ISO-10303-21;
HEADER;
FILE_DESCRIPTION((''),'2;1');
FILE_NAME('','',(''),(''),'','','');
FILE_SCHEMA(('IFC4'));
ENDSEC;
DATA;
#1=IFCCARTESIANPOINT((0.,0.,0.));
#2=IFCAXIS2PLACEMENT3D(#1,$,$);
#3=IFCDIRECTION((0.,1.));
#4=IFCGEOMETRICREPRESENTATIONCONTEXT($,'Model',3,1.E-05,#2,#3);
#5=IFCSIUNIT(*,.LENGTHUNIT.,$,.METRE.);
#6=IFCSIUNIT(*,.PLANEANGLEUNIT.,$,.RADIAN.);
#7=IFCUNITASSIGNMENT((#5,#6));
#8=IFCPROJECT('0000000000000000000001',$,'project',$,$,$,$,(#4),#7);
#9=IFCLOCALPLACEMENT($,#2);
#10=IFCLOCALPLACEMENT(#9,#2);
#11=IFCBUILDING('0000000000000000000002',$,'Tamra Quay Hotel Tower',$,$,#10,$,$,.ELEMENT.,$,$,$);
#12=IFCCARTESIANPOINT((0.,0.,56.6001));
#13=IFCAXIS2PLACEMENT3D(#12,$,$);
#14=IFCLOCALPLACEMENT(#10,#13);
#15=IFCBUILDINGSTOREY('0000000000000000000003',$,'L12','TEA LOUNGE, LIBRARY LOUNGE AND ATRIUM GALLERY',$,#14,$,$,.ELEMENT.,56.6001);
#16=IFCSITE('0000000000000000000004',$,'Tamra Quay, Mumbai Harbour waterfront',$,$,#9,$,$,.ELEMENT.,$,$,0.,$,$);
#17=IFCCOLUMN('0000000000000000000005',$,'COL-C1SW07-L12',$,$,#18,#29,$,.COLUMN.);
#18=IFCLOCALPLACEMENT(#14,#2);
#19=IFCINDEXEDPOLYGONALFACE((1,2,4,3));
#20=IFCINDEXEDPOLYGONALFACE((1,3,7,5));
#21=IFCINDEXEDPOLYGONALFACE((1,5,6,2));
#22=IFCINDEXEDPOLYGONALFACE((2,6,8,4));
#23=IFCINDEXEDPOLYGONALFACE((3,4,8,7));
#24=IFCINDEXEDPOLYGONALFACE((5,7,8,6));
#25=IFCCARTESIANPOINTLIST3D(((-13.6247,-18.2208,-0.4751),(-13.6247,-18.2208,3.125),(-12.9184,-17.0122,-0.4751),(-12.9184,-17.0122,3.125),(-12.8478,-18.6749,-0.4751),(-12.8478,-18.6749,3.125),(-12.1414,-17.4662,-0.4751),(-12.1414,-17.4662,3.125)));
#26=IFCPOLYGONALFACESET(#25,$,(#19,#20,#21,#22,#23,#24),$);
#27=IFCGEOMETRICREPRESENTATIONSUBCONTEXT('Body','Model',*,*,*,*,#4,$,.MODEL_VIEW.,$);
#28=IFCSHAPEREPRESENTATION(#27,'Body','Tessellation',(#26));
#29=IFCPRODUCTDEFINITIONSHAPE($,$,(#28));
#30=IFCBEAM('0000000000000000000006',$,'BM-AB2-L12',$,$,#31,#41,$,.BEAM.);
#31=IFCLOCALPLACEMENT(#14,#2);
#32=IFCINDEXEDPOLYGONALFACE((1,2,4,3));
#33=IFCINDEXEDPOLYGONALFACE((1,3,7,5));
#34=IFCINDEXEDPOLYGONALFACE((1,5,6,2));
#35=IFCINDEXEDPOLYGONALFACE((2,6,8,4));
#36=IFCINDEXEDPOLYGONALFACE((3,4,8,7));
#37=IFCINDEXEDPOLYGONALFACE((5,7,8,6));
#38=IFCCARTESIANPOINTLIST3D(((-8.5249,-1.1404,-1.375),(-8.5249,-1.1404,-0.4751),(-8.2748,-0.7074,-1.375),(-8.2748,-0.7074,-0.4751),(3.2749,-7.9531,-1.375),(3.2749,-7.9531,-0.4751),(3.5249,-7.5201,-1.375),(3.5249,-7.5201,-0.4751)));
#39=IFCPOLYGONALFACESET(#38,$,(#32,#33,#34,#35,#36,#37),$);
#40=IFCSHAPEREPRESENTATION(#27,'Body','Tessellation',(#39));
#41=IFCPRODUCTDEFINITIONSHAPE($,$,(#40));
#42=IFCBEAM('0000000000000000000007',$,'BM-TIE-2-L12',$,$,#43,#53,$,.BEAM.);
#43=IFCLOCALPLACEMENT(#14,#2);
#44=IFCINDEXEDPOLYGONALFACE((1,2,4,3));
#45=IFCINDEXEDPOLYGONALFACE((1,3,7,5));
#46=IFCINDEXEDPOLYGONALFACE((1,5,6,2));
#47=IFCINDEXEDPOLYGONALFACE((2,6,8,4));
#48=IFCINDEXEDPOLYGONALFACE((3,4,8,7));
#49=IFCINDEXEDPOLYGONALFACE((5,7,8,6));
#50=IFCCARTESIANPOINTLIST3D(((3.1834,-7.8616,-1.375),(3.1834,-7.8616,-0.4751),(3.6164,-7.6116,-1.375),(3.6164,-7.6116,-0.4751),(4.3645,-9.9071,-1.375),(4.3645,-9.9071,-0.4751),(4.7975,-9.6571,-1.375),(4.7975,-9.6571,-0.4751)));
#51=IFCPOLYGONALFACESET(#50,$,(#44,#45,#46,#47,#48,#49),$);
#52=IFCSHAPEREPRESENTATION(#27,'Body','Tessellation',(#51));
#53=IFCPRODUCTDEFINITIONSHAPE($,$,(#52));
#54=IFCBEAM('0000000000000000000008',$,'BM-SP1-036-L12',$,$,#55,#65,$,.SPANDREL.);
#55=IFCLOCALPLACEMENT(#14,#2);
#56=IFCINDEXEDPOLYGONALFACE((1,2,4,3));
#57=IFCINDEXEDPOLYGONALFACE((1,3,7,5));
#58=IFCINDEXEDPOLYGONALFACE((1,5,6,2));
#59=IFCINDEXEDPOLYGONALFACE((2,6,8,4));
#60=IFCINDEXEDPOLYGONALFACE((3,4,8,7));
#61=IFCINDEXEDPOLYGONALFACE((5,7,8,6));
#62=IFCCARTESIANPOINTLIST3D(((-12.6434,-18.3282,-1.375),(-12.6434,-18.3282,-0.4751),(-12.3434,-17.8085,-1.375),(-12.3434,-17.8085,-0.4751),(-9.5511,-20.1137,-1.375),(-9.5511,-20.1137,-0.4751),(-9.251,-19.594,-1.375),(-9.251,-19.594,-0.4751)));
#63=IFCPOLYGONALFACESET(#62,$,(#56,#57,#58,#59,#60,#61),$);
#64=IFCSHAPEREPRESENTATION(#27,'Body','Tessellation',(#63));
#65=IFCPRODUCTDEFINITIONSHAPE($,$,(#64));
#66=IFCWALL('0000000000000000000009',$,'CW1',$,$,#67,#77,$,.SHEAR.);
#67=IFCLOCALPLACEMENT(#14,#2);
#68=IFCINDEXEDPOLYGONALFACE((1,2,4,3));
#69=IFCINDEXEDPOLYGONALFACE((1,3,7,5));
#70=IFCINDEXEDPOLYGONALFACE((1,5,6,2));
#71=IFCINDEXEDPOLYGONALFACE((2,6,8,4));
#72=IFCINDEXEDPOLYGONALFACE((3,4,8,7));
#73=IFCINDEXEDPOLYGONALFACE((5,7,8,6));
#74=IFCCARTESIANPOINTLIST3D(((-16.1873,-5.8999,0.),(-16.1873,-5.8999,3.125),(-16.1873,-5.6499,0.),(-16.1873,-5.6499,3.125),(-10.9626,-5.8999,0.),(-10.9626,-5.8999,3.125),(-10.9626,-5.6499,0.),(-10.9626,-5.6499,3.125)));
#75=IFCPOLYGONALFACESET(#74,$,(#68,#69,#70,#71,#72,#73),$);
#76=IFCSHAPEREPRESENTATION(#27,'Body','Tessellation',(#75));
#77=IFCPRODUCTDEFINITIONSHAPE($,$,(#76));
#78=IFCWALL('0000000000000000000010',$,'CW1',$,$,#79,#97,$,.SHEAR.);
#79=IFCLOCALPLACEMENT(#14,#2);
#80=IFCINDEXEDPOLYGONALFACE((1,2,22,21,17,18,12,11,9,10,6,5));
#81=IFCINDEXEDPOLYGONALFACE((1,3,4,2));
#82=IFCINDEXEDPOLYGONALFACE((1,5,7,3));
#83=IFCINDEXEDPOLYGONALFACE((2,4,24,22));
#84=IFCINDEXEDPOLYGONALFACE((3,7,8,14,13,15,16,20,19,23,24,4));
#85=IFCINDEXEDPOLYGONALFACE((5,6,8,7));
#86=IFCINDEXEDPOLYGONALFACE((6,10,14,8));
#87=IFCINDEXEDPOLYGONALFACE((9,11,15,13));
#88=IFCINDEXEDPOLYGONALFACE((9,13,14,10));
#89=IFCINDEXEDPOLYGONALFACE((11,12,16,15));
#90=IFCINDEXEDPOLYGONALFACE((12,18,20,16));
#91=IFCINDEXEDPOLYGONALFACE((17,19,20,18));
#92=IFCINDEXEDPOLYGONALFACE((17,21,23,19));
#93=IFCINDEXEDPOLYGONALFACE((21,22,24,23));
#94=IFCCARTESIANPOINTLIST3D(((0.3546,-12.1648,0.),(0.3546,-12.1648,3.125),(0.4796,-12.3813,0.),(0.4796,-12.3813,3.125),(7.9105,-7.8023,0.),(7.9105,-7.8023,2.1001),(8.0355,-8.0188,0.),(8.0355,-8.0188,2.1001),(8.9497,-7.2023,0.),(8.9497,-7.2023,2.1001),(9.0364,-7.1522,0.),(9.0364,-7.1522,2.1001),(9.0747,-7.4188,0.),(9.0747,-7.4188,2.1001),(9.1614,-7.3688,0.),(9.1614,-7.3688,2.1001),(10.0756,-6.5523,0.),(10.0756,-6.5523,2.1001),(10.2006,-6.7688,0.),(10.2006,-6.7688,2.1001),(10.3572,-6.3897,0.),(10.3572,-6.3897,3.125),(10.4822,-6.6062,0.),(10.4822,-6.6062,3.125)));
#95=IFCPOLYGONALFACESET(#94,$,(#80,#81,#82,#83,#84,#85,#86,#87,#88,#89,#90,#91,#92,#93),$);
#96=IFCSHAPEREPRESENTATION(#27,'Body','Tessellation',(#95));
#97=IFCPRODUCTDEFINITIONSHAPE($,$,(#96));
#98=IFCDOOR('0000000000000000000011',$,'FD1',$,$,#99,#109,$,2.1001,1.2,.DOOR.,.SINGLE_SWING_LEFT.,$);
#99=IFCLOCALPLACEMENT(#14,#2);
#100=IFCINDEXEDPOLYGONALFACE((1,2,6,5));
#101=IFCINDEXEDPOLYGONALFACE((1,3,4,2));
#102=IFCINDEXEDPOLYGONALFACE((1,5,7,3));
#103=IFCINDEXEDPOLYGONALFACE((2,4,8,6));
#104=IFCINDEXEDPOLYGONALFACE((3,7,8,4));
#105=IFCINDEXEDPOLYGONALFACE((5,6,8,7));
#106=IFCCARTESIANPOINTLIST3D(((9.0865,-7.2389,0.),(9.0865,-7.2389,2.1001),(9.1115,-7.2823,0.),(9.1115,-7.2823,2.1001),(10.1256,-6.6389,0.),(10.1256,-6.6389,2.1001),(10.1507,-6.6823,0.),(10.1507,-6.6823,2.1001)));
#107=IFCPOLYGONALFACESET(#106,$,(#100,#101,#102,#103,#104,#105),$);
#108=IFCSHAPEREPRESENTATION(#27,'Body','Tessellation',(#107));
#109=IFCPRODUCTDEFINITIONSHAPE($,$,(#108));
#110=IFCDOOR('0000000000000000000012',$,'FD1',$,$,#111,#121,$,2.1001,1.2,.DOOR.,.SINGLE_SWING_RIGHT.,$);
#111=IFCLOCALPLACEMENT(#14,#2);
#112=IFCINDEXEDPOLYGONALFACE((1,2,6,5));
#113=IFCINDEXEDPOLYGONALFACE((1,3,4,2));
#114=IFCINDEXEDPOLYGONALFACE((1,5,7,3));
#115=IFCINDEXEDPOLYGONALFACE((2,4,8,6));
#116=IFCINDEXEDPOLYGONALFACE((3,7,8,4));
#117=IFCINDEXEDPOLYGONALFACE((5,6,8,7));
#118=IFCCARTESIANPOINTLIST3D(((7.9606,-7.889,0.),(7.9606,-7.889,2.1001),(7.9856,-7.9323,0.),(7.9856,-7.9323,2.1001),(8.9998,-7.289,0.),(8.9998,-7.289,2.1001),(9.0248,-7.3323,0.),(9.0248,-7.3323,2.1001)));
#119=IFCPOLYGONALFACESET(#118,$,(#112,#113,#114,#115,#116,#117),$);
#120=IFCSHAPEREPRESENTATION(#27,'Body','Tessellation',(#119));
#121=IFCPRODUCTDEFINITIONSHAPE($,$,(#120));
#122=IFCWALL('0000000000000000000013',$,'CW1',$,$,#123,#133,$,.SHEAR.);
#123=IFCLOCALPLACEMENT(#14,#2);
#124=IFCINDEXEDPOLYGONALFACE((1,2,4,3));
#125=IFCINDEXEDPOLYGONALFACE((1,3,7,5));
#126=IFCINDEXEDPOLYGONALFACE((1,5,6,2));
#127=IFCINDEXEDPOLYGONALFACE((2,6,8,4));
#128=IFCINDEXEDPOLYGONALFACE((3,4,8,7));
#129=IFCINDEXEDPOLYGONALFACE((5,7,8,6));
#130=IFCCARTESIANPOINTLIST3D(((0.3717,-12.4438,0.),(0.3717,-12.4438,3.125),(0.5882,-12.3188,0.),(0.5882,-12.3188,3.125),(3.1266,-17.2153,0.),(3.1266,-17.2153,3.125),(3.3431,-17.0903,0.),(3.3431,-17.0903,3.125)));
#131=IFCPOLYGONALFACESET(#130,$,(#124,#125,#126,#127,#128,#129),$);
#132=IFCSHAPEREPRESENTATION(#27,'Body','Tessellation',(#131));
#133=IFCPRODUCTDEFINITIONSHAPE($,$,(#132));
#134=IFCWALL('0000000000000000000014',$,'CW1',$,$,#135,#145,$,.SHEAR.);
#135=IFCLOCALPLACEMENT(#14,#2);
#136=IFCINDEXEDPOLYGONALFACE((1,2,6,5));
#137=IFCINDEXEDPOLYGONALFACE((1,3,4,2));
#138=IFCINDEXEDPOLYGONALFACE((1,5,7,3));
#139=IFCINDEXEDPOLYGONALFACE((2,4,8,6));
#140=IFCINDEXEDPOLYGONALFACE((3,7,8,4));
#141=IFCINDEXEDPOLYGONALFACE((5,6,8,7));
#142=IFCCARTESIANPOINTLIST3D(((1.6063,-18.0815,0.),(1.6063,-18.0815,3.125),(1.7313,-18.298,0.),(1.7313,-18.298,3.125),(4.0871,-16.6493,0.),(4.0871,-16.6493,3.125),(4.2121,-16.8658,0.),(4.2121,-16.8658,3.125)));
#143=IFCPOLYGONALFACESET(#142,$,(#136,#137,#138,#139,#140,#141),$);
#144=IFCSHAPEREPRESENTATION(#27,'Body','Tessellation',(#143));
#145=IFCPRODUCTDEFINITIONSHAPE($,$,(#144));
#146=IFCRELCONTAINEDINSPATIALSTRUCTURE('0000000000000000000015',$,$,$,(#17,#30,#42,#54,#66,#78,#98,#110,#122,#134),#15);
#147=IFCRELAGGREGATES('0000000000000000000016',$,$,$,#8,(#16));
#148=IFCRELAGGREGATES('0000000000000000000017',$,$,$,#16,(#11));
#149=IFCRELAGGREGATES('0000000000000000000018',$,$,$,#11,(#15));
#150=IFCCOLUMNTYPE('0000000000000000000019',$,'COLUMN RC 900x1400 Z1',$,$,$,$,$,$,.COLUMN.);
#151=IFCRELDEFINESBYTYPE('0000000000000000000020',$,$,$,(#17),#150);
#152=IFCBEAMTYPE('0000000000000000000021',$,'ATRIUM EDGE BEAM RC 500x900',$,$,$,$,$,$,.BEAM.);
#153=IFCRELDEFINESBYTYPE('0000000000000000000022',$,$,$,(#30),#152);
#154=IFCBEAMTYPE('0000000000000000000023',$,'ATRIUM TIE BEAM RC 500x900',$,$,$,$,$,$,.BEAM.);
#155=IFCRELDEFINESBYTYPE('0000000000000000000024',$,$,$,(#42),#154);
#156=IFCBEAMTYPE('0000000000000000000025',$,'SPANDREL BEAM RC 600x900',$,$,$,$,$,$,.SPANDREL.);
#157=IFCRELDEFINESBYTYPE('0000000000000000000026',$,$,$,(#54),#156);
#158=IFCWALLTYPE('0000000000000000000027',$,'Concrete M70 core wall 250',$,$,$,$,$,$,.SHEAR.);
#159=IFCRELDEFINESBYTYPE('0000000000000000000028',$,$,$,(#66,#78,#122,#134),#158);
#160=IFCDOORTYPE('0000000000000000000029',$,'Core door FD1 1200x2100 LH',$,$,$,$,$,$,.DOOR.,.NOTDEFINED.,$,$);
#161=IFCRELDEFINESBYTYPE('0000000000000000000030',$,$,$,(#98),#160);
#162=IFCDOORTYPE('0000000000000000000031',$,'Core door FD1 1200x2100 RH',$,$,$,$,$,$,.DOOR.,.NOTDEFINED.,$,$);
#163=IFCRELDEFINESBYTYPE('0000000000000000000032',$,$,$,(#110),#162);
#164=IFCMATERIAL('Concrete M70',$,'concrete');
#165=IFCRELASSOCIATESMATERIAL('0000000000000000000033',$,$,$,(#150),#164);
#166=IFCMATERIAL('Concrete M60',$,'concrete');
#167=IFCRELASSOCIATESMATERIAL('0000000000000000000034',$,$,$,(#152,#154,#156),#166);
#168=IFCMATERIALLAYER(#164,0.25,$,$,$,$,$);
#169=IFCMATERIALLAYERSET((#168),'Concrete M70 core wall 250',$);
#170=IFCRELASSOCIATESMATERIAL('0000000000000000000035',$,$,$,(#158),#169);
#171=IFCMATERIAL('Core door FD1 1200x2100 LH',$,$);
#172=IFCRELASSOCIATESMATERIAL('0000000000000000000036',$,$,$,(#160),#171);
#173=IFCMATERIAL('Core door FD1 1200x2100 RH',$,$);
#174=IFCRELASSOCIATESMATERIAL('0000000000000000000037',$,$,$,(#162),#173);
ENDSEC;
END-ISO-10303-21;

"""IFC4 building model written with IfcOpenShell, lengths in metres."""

from ifc_helpers import new_model, si_unit, direction, frame, frame_2d, origin, origin_2d, place, context, subcontext, project, spatial, rectangle, extrude, material, layer, layer_set, material_profile, profile_set, type_object, element, fill, save


model = new_model("IFC4")

# Units and contexts
model_context = context("Model", 3, precision=1e-05, world=origin(), true_north=direction((0.0, 1.0)))
body_context = subcontext(model_context, "Body", "Model", "MODEL_VIEW")
ifc_project = project(units=[si_unit("LENGTHUNIT", "METRE"), si_unit("PLANEANGLEUNIT", "RADIAN")], contexts=[model_context])

# Site, building, storey
site_placement = place(None, origin())
site = spatial("IfcSite", under=ifc_project, at=site_placement, Name="Tamra Quay, Mumbai Harbour waterfront", CompositionType="ELEMENT", RefElevation=0.0)
building_placement = place(site_placement, origin())
building = spatial("IfcBuilding", under=site, at=building_placement, Name="Tamra Quay Hotel Tower", CompositionType="ELEMENT")
storey_placement = place(building_placement, frame((0.0, 0.0, 56.6001)))
storey = spatial("IfcBuildingStorey", under=building, at=storey_placement, Name="L12", Description="TEA LOUNGE, LIBRARY LOUNGE AND ATRIUM GALLERY", CompositionType="ELEMENT", Elevation=56.6001)

# Column
ifc_material_1 = material(Name="Concrete M70", Category="concrete")
ifc_material_profile_1 = material_profile(ifc_material_1, rectangle(XDim=1.3999, YDim=0.8999, at=origin_2d()), Name="COLUMN RC 900x1400 Z1")
ifc_profile_set_1 = profile_set([ifc_material_profile_1], Name="Concrete M70")
column_type = type_object("IfcColumnType", Name="COLUMN RC 900x1400 Z1", PredefinedType="COLUMN", material=ifc_profile_set_1)
column_placement = place(storey_placement, frame((-12.8831, -17.8435, -0.4751), z_axis=(0.0, 0.0, 1.0), x_axis=(0.504565, 0.863374, 0.0)))
element("IfcColumn", 1, at=column_placement, inside=storey, type_object=column_type, Name="COL-C1SW07-L12", PredefinedType="COLUMN", context=body_context, shape_type="SweptSolid", body=[
    extrude(rectangle(XDim=1.3999, YDim=0.8999, at=origin_2d()), origin(), (0.0, 0.0, 1.0), 3.6001),
])

# Beams
ifc_material_2 = material(Name="Concrete M60", Category="concrete")
ifc_material_profile_2 = material_profile(ifc_material_2, rectangle(XDim=0.5, YDim=0.8999, at=origin_2d()), Name="ATRIUM EDGE BEAM RC 500x900")
ifc_profile_set_2 = profile_set([ifc_material_profile_2], Name="Concrete M60")
beam_type_1 = type_object("IfcBeamType", Name="ATRIUM EDGE BEAM RC 500x900", PredefinedType="BEAM", material=ifc_profile_set_2)
beam_1_placement = place(storey_placement, frame((3.3999, -7.7366, -0.925), z_axis=(-0.866021, 0.500007, 0.0), x_axis=(-0.500007, -0.866021, 0.0)))
element("IfcBeam", 2, at=beam_1_placement, inside=storey, type_object=beam_type_1, Name="BM-AB2-L12", PredefinedType="BEAM", context=body_context, shape_type="SweptSolid", body=[
    extrude(rectangle(XDim=0.5, YDim=0.8999, at=origin_2d()), origin(), (0.0, 0.0, 1.0), 13.6252),
])
ifc_material_profile_3 = material_profile(ifc_material_2, rectangle(XDim=0.5, YDim=0.8999, at=origin_2d()), Name="ATRIUM TIE BEAM RC 500x900")
ifc_profile_set_3 = profile_set([ifc_material_profile_3], Name="Concrete M60")
beam_type_2 = type_object("IfcBeamType", Name="ATRIUM TIE BEAM RC 500x900", PredefinedType="BEAM", material=ifc_profile_set_3)
beam_2_placement = place(storey_placement, frame((3.3999, -7.7366, -0.925), z_axis=(0.50003, -0.866008, 0.0), x_axis=(0.866008, 0.50003, 0.0)))
element("IfcBeam", 3, at=beam_2_placement, inside=storey, type_object=beam_type_2, Name="BM-TIE-2-L12", PredefinedType="BEAM", context=body_context, shape_type="SweptSolid", body=[
    extrude(rectangle(XDim=0.5, YDim=0.8999, at=origin_2d()), origin(), (0.0, 0.0, 1.0), 2.3621),
])
ifc_material_profile_4 = material_profile(ifc_material_2, rectangle(XDim=0.6001, YDim=0.8999, at=origin_2d()), Name="SPANDREL BEAM RC 600x900")
ifc_profile_set_4 = profile_set([ifc_material_profile_4], Name="Concrete M60")
beam_type_3 = type_object("IfcBeamType", Name="SPANDREL BEAM RC 600x900", PredefinedType="SPANDREL", material=ifc_profile_set_4)
beam_3_placement = place(storey_placement, frame((-12.4934, -18.0684, -0.925), z_axis=(0.866017, -0.500014, 0.0), x_axis=(0.500014, 0.866017, 0.0)))
element("IfcBeam", 4, at=beam_3_placement, inside=storey, type_object=beam_type_3, Name="BM-SP1-036-L12", PredefinedType="SPANDREL", context=body_context, shape_type="SweptSolid", body=[
    extrude(rectangle(XDim=0.6001, YDim=0.8999, at=origin_2d()), origin(), (0.0, 0.0, 1.0), 3.5708),
])

# Wall
ifc_layer_1 = layer(ifc_material_1, 0.25)
ifc_layer_set_1 = layer_set([ifc_layer_1], Name="Concrete M70 core wall 250")
wall_type_1 = type_object("IfcWallType", Name="Concrete M70 core wall 250", PredefinedType="SHEAR", material=ifc_layer_set_1)
wall_1_placement = place(storey_placement, frame((-10.9626, -5.7749, 0.0), z_axis=(0.0, 0.0, 1.0), x_axis=(-1.0, 0.0, 0.0)))
element("IfcWall", 5, at=wall_1_placement, inside=storey, type_object=wall_type_1, Name="CW1", PredefinedType="SHEAR", context=body_context, shape_type="SweptSolid", body=[
    extrude(rectangle(XDim=5.2246, YDim=0.25, at=frame_2d((2.6123, 0.0))), origin(), (0.0, 0.0, 1.0), 3.125),
])

# Wall, openings, doors
wall_2_placement = place(storey_placement, frame((0.4172, -12.2729, 0.0), z_axis=(0.0, 0.0, 1.0), x_axis=(0.866022, 0.500006, 0.0)))
wall_2 = element("IfcWall", 6, at=wall_2_placement, inside=storey, type_object=wall_type_1, Name="CW1", PredefinedType="SHEAR", context=body_context, shape_type="SweptSolid", body=[
    extrude(rectangle(XDim=11.55, YDim=0.25, at=frame_2d((5.7749, 0.0))), origin(), (0.0, 0.0, 1.0), 3.125),
])
opening_1_placement = place(wall_2_placement, frame((10.0247, 0.0, 0.0)))
opening_1 = element("IfcOpeningElement", 7, at=opening_1_placement, cuts=wall_2, PredefinedType="OPENING", context=body_context, shape_type="SweptSolid", body=[
    extrude(rectangle(XDim=1.2, YDim=2.1001, at=frame_2d((0.6001, 1.05))), frame((0.0, 0.135, 0.0), z_axis=(0.0, -1.0, 0.0), x_axis=(1.0, 0.0, 0.0)), (0.0, 0.0, 1.0), 0.27),
])
opening_2_placement = place(wall_2_placement, frame((8.7246, 0.0, 0.0)))
opening_2 = element("IfcOpeningElement", 8, at=opening_2_placement, cuts=wall_2, PredefinedType="OPENING", context=body_context, shape_type="SweptSolid", body=[
    extrude(rectangle(XDim=1.2, YDim=2.1001, at=frame_2d((0.6001, 1.05))), frame((0.0, 0.135, 0.0), z_axis=(0.0, -1.0, 0.0), x_axis=(1.0, 0.0, 0.0)), (0.0, 0.0, 1.0), 0.27),
])
ifc_material_3 = material(Name="Core door FD1 1200x2100 LH")
door_type_1 = type_object("IfcDoorType", Name="Core door FD1 1200x2100 LH", OperationType="NOTDEFINED", PredefinedType="DOOR", material=ifc_material_3)
door_1_placement = place(opening_1_placement, origin())
door_1 = element("IfcDoor", 9, at=door_1_placement, inside=storey, type_object=door_type_1, Name="FD1", OperationType="SINGLE_SWING_LEFT", OverallHeight=2.1001, OverallWidth=1.2, PredefinedType="DOOR", context=body_context, shape_type="SweptSolid", body=[
    extrude(rectangle(XDim=1.2, YDim=2.1001, at=frame_2d((0.6001, 1.05))), frame((0.0, 0.0249, 0.0), z_axis=(0.0, -1.0, 0.0), x_axis=(1.0, 0.0, 0.0)), (0.0, 0.0, 1.0), 0.05),
])
fill(opening_1, door_1)
ifc_material_4 = material(Name="Core door FD1 1200x2100 RH")
door_type_2 = type_object("IfcDoorType", Name="Core door FD1 1200x2100 RH", OperationType="NOTDEFINED", PredefinedType="DOOR", material=ifc_material_4)
door_2_placement = place(opening_2_placement, origin())
door_2 = element("IfcDoor", 10, at=door_2_placement, inside=storey, type_object=door_type_2, Name="FD1", OperationType="SINGLE_SWING_RIGHT", OverallHeight=2.1001, OverallWidth=1.2, PredefinedType="DOOR", context=body_context, shape_type="SweptSolid", body=[
    extrude(rectangle(XDim=1.2, YDim=2.1001, at=frame_2d((0.6001, 1.05))), frame((0.0, 0.0249, 0.0), z_axis=(0.0, -1.0, 0.0), x_axis=(1.0, 0.0, 0.0)), (0.0, 0.0, 1.0), 0.05),
])
fill(opening_2, door_2)

# Walls
wall_3_placement = place(storey_placement, frame((3.2349, -17.1528, 0.0), z_axis=(0.0, 0.0, 1.0), x_axis=(-0.500009, 0.86602, 0.0)))
element("IfcWall", 11, at=wall_3_placement, inside=storey, type_object=wall_type_1, Name="CW1", PredefinedType="SHEAR", context=body_context, shape_type="SweptSolid", body=[
    extrude(rectangle(XDim=5.5098, YDim=0.25, at=frame_2d((2.7549, 0.0))), origin(), (0.0, 0.0, 1.0), 3.125),
])
wall_4_placement = place(storey_placement, frame((1.6689, -18.1897, 0.0), z_axis=(0.0, 0.0, 1.0), x_axis=(0.866042, 0.499971, 0.0)))
element("IfcWall", 12, at=wall_4_placement, inside=storey, type_object=wall_type_1, Name="CW1", PredefinedType="SHEAR", context=body_context, shape_type="SweptSolid", body=[
    extrude(rectangle(XDim=2.8645, YDim=0.25, at=frame_2d((1.4321, 0.0))), origin(), (0.0, 0.0, 1.0), 3.125),
])

save(model, "model.ifc")
